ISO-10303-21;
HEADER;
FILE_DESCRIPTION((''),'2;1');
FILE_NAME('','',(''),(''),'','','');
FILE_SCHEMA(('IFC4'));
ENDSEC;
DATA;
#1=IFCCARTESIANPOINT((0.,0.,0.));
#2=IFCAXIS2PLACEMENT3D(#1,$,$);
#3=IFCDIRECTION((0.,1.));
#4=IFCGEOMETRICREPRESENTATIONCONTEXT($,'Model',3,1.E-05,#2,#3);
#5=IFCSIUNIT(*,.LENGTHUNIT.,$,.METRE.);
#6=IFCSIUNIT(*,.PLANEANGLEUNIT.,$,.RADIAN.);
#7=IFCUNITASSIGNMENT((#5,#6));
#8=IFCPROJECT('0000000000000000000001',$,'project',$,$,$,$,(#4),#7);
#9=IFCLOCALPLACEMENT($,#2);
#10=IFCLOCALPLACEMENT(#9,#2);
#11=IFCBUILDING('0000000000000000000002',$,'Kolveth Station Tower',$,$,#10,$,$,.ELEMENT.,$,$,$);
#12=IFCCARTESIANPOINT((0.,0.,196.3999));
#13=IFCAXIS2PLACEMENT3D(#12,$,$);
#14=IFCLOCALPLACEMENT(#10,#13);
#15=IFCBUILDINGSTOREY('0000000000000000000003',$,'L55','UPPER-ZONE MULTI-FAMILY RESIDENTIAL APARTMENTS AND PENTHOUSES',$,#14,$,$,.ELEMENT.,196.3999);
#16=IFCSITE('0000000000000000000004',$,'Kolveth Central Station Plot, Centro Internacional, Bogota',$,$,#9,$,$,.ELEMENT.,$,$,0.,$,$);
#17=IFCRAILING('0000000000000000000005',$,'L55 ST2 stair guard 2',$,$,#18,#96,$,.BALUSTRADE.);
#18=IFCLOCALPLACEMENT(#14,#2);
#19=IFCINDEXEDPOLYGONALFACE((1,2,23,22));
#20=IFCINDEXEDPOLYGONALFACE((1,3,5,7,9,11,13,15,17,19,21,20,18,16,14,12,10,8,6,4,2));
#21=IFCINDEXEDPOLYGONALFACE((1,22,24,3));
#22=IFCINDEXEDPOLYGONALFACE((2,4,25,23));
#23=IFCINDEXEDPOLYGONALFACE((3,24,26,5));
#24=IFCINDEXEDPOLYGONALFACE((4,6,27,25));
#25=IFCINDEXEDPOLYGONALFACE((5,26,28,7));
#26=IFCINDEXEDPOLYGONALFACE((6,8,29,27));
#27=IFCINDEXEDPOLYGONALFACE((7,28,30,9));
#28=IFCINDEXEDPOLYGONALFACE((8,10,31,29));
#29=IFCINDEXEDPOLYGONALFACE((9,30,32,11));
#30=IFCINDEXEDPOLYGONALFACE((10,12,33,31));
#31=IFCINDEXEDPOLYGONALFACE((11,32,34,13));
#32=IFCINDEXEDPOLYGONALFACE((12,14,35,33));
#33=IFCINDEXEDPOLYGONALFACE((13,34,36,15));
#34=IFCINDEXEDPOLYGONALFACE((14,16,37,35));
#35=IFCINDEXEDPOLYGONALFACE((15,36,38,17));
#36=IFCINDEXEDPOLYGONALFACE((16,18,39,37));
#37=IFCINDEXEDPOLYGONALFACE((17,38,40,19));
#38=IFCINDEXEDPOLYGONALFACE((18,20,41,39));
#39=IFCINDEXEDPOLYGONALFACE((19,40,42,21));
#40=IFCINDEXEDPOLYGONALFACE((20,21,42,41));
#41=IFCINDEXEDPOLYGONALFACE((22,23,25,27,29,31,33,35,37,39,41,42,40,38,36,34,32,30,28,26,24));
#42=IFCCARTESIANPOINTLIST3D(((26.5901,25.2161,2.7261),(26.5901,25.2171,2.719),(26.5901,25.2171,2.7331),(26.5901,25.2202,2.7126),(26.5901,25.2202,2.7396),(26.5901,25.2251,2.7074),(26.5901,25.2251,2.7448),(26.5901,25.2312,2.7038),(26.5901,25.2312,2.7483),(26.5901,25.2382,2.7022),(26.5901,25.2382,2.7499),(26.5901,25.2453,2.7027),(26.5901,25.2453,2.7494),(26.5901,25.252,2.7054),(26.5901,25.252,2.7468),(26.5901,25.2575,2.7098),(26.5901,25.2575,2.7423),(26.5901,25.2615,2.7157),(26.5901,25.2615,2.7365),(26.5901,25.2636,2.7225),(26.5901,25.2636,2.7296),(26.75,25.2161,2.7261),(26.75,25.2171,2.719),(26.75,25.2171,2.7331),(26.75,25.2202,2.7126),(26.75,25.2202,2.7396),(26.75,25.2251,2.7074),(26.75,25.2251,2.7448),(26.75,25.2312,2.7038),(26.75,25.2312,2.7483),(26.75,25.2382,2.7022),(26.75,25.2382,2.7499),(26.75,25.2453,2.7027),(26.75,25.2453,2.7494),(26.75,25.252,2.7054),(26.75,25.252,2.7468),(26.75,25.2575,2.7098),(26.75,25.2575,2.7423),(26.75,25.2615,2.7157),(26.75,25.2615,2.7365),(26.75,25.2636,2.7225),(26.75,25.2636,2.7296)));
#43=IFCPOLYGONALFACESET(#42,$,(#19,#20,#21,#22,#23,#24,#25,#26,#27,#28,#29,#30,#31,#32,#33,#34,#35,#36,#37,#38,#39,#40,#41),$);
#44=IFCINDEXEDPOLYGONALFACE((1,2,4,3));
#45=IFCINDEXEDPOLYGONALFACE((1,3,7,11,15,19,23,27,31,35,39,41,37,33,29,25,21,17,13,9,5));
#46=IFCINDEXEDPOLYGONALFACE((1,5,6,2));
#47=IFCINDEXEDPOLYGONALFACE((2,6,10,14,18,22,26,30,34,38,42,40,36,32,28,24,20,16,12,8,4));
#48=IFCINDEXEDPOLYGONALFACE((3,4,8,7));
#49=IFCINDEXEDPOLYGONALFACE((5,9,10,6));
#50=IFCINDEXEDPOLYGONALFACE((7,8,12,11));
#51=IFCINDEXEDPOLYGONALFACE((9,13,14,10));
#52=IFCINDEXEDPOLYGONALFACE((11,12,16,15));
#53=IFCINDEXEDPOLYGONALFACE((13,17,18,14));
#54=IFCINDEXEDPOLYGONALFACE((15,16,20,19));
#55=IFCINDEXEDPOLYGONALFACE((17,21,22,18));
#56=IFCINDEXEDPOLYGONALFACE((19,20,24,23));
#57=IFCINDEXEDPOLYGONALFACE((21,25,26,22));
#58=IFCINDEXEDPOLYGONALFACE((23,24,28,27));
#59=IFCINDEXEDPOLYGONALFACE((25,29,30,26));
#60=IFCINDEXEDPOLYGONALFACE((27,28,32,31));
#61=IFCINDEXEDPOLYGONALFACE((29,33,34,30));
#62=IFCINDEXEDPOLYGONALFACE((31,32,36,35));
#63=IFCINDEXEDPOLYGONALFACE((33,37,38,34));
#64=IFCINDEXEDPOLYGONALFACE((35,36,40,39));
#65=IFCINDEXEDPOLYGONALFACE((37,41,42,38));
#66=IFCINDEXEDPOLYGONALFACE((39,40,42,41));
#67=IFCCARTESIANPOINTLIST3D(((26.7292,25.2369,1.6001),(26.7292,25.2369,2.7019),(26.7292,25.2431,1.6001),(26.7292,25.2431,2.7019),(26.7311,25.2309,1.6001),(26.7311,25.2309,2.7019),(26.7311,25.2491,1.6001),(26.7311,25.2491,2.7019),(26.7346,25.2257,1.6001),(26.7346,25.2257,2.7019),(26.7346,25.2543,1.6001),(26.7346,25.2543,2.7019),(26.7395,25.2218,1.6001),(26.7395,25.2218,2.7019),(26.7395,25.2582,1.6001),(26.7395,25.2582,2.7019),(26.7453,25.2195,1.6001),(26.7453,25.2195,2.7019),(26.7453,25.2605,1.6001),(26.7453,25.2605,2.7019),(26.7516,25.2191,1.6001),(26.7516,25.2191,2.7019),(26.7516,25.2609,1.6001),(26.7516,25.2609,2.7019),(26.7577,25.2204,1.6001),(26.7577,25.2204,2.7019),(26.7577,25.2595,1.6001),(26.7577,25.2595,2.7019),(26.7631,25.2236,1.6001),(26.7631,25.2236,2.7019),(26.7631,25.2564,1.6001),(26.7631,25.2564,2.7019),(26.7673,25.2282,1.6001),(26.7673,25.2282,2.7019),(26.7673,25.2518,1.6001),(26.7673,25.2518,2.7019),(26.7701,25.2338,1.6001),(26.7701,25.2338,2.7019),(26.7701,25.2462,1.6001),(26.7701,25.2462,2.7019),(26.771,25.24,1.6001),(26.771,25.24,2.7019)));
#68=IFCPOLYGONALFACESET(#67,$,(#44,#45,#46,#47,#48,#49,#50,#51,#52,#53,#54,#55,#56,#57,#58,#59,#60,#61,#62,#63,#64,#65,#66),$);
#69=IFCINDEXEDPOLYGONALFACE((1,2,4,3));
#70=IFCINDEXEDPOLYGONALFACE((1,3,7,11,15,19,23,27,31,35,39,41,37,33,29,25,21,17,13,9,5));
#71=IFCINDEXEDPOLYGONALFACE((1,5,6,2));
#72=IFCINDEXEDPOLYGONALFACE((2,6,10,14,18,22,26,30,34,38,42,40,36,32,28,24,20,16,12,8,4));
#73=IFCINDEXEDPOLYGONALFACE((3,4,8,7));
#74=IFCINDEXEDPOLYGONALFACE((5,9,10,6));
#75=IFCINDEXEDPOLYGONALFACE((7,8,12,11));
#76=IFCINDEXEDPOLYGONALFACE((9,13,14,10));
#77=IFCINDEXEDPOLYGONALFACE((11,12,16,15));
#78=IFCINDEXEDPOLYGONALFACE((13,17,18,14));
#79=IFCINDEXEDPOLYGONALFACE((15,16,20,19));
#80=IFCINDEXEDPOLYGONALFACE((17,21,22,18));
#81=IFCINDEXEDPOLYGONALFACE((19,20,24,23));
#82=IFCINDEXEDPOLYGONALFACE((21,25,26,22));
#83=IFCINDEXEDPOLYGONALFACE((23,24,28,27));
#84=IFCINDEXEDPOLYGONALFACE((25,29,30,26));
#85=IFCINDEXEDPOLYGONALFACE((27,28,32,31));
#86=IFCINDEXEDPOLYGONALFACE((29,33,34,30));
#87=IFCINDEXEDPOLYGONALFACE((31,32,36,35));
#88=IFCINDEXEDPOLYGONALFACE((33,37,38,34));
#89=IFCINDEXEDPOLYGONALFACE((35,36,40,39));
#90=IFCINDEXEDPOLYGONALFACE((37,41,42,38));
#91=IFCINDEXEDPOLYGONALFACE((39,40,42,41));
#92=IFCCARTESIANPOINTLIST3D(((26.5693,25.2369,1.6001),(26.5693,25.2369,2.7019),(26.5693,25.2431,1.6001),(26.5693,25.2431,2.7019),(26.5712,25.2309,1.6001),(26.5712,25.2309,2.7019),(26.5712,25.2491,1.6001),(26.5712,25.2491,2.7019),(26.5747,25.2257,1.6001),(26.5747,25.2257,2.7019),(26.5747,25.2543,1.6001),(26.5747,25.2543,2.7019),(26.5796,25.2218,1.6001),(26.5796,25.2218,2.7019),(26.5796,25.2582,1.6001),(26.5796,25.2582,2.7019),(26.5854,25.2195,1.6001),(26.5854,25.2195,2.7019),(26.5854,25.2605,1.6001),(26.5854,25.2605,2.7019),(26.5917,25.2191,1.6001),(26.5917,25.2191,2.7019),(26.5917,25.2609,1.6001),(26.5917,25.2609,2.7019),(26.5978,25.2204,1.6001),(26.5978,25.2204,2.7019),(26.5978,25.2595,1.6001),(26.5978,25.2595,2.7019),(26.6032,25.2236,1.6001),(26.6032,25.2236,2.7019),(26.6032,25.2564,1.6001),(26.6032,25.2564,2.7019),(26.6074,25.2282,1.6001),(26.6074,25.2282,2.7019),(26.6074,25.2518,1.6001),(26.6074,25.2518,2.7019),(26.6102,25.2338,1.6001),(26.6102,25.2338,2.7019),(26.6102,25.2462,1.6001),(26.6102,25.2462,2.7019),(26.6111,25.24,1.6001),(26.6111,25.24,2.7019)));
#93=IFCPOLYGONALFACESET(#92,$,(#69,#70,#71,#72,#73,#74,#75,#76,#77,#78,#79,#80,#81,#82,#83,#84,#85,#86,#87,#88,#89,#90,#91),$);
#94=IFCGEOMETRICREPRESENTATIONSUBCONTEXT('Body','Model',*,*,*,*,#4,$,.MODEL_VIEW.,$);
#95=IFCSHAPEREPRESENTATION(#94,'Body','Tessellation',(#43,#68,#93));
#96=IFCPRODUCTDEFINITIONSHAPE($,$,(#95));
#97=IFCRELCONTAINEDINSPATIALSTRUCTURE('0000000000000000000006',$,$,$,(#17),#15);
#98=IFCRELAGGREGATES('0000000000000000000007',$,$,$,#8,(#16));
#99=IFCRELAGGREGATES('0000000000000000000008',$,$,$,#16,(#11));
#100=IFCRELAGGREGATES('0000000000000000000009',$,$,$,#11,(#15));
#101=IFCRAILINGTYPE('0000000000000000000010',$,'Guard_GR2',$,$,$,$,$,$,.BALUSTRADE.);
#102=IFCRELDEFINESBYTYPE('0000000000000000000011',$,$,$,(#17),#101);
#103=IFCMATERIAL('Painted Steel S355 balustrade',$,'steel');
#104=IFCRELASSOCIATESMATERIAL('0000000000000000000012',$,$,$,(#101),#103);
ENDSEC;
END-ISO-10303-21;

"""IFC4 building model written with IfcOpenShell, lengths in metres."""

from ifc_helpers import new_model, si_unit, direction, frame, origin, origin_2d, place, context, subcontext, project, spatial, circle, extrude, material, type_object, element, save


model = new_model("IFC4")

# Units and contexts
model_context = context("Model", 3, precision=1e-05, world=origin(), true_north=direction((0.0, 1.0)))
body_context = subcontext(model_context, "Body", "Model", "MODEL_VIEW")
ifc_project = project(units=[si_unit("LENGTHUNIT", "METRE"), si_unit("PLANEANGLEUNIT", "RADIAN")], contexts=[model_context])

# Site, building, storey
site_placement = place(None, origin())
site = spatial("IfcSite", under=ifc_project, at=site_placement, Name="Kolveth Central Station Plot, Centro Internacional, Bogota", CompositionType="ELEMENT", RefElevation=0.0)
building_placement = place(site_placement, origin())
building = spatial("IfcBuilding", under=site, at=building_placement, Name="Kolveth Station Tower", CompositionType="ELEMENT")
storey_placement = place(building_placement, frame((0.0, 0.0, 196.3999)))
storey = spatial("IfcBuildingStorey", under=building, at=storey_placement, Name="L55", Description="UPPER-ZONE MULTI-FAMILY RESIDENTIAL APARTMENTS AND PENTHOUSES", CompositionType="ELEMENT", Elevation=196.3999)

# Railing
ifc_material_1 = material(Name="Painted Steel S355 balustrade", Category="steel")
railing_type_1 = type_object("IfcRailingType", Name="Guard_GR2", PredefinedType="BALUSTRADE", material=ifc_material_1)
railing_1_placement = place(storey_placement, frame((26.75, 25.24, 1.6001)))
element("IfcRailing", 1, at=railing_1_placement, inside=storey, type_object=railing_type_1, Name="L55 ST2 stair guard 2", PredefinedType="BALUSTRADE", context=body_context, shape_type="SweptSolid", body=[
    extrude(circle(Radius=0.0239, at=origin_2d()), frame((0.0, 0.0, 1.126), z_axis=(-1.0, 0.0, 0.0), x_axis=(0.0, -1.0, 0.0)), (0.0, 0.0, 1.0), 0.1599),
    extrude(circle(Radius=0.021, at=origin_2d()), origin(), (0.0, 0.0, 1.0), 1.1018),
    extrude(circle(Radius=0.021, at=origin_2d()), frame((-0.1599, 0.0, 0.0)), (0.0, 0.0, 1.0), 1.1018),
])

save(model, "model.ifc")
